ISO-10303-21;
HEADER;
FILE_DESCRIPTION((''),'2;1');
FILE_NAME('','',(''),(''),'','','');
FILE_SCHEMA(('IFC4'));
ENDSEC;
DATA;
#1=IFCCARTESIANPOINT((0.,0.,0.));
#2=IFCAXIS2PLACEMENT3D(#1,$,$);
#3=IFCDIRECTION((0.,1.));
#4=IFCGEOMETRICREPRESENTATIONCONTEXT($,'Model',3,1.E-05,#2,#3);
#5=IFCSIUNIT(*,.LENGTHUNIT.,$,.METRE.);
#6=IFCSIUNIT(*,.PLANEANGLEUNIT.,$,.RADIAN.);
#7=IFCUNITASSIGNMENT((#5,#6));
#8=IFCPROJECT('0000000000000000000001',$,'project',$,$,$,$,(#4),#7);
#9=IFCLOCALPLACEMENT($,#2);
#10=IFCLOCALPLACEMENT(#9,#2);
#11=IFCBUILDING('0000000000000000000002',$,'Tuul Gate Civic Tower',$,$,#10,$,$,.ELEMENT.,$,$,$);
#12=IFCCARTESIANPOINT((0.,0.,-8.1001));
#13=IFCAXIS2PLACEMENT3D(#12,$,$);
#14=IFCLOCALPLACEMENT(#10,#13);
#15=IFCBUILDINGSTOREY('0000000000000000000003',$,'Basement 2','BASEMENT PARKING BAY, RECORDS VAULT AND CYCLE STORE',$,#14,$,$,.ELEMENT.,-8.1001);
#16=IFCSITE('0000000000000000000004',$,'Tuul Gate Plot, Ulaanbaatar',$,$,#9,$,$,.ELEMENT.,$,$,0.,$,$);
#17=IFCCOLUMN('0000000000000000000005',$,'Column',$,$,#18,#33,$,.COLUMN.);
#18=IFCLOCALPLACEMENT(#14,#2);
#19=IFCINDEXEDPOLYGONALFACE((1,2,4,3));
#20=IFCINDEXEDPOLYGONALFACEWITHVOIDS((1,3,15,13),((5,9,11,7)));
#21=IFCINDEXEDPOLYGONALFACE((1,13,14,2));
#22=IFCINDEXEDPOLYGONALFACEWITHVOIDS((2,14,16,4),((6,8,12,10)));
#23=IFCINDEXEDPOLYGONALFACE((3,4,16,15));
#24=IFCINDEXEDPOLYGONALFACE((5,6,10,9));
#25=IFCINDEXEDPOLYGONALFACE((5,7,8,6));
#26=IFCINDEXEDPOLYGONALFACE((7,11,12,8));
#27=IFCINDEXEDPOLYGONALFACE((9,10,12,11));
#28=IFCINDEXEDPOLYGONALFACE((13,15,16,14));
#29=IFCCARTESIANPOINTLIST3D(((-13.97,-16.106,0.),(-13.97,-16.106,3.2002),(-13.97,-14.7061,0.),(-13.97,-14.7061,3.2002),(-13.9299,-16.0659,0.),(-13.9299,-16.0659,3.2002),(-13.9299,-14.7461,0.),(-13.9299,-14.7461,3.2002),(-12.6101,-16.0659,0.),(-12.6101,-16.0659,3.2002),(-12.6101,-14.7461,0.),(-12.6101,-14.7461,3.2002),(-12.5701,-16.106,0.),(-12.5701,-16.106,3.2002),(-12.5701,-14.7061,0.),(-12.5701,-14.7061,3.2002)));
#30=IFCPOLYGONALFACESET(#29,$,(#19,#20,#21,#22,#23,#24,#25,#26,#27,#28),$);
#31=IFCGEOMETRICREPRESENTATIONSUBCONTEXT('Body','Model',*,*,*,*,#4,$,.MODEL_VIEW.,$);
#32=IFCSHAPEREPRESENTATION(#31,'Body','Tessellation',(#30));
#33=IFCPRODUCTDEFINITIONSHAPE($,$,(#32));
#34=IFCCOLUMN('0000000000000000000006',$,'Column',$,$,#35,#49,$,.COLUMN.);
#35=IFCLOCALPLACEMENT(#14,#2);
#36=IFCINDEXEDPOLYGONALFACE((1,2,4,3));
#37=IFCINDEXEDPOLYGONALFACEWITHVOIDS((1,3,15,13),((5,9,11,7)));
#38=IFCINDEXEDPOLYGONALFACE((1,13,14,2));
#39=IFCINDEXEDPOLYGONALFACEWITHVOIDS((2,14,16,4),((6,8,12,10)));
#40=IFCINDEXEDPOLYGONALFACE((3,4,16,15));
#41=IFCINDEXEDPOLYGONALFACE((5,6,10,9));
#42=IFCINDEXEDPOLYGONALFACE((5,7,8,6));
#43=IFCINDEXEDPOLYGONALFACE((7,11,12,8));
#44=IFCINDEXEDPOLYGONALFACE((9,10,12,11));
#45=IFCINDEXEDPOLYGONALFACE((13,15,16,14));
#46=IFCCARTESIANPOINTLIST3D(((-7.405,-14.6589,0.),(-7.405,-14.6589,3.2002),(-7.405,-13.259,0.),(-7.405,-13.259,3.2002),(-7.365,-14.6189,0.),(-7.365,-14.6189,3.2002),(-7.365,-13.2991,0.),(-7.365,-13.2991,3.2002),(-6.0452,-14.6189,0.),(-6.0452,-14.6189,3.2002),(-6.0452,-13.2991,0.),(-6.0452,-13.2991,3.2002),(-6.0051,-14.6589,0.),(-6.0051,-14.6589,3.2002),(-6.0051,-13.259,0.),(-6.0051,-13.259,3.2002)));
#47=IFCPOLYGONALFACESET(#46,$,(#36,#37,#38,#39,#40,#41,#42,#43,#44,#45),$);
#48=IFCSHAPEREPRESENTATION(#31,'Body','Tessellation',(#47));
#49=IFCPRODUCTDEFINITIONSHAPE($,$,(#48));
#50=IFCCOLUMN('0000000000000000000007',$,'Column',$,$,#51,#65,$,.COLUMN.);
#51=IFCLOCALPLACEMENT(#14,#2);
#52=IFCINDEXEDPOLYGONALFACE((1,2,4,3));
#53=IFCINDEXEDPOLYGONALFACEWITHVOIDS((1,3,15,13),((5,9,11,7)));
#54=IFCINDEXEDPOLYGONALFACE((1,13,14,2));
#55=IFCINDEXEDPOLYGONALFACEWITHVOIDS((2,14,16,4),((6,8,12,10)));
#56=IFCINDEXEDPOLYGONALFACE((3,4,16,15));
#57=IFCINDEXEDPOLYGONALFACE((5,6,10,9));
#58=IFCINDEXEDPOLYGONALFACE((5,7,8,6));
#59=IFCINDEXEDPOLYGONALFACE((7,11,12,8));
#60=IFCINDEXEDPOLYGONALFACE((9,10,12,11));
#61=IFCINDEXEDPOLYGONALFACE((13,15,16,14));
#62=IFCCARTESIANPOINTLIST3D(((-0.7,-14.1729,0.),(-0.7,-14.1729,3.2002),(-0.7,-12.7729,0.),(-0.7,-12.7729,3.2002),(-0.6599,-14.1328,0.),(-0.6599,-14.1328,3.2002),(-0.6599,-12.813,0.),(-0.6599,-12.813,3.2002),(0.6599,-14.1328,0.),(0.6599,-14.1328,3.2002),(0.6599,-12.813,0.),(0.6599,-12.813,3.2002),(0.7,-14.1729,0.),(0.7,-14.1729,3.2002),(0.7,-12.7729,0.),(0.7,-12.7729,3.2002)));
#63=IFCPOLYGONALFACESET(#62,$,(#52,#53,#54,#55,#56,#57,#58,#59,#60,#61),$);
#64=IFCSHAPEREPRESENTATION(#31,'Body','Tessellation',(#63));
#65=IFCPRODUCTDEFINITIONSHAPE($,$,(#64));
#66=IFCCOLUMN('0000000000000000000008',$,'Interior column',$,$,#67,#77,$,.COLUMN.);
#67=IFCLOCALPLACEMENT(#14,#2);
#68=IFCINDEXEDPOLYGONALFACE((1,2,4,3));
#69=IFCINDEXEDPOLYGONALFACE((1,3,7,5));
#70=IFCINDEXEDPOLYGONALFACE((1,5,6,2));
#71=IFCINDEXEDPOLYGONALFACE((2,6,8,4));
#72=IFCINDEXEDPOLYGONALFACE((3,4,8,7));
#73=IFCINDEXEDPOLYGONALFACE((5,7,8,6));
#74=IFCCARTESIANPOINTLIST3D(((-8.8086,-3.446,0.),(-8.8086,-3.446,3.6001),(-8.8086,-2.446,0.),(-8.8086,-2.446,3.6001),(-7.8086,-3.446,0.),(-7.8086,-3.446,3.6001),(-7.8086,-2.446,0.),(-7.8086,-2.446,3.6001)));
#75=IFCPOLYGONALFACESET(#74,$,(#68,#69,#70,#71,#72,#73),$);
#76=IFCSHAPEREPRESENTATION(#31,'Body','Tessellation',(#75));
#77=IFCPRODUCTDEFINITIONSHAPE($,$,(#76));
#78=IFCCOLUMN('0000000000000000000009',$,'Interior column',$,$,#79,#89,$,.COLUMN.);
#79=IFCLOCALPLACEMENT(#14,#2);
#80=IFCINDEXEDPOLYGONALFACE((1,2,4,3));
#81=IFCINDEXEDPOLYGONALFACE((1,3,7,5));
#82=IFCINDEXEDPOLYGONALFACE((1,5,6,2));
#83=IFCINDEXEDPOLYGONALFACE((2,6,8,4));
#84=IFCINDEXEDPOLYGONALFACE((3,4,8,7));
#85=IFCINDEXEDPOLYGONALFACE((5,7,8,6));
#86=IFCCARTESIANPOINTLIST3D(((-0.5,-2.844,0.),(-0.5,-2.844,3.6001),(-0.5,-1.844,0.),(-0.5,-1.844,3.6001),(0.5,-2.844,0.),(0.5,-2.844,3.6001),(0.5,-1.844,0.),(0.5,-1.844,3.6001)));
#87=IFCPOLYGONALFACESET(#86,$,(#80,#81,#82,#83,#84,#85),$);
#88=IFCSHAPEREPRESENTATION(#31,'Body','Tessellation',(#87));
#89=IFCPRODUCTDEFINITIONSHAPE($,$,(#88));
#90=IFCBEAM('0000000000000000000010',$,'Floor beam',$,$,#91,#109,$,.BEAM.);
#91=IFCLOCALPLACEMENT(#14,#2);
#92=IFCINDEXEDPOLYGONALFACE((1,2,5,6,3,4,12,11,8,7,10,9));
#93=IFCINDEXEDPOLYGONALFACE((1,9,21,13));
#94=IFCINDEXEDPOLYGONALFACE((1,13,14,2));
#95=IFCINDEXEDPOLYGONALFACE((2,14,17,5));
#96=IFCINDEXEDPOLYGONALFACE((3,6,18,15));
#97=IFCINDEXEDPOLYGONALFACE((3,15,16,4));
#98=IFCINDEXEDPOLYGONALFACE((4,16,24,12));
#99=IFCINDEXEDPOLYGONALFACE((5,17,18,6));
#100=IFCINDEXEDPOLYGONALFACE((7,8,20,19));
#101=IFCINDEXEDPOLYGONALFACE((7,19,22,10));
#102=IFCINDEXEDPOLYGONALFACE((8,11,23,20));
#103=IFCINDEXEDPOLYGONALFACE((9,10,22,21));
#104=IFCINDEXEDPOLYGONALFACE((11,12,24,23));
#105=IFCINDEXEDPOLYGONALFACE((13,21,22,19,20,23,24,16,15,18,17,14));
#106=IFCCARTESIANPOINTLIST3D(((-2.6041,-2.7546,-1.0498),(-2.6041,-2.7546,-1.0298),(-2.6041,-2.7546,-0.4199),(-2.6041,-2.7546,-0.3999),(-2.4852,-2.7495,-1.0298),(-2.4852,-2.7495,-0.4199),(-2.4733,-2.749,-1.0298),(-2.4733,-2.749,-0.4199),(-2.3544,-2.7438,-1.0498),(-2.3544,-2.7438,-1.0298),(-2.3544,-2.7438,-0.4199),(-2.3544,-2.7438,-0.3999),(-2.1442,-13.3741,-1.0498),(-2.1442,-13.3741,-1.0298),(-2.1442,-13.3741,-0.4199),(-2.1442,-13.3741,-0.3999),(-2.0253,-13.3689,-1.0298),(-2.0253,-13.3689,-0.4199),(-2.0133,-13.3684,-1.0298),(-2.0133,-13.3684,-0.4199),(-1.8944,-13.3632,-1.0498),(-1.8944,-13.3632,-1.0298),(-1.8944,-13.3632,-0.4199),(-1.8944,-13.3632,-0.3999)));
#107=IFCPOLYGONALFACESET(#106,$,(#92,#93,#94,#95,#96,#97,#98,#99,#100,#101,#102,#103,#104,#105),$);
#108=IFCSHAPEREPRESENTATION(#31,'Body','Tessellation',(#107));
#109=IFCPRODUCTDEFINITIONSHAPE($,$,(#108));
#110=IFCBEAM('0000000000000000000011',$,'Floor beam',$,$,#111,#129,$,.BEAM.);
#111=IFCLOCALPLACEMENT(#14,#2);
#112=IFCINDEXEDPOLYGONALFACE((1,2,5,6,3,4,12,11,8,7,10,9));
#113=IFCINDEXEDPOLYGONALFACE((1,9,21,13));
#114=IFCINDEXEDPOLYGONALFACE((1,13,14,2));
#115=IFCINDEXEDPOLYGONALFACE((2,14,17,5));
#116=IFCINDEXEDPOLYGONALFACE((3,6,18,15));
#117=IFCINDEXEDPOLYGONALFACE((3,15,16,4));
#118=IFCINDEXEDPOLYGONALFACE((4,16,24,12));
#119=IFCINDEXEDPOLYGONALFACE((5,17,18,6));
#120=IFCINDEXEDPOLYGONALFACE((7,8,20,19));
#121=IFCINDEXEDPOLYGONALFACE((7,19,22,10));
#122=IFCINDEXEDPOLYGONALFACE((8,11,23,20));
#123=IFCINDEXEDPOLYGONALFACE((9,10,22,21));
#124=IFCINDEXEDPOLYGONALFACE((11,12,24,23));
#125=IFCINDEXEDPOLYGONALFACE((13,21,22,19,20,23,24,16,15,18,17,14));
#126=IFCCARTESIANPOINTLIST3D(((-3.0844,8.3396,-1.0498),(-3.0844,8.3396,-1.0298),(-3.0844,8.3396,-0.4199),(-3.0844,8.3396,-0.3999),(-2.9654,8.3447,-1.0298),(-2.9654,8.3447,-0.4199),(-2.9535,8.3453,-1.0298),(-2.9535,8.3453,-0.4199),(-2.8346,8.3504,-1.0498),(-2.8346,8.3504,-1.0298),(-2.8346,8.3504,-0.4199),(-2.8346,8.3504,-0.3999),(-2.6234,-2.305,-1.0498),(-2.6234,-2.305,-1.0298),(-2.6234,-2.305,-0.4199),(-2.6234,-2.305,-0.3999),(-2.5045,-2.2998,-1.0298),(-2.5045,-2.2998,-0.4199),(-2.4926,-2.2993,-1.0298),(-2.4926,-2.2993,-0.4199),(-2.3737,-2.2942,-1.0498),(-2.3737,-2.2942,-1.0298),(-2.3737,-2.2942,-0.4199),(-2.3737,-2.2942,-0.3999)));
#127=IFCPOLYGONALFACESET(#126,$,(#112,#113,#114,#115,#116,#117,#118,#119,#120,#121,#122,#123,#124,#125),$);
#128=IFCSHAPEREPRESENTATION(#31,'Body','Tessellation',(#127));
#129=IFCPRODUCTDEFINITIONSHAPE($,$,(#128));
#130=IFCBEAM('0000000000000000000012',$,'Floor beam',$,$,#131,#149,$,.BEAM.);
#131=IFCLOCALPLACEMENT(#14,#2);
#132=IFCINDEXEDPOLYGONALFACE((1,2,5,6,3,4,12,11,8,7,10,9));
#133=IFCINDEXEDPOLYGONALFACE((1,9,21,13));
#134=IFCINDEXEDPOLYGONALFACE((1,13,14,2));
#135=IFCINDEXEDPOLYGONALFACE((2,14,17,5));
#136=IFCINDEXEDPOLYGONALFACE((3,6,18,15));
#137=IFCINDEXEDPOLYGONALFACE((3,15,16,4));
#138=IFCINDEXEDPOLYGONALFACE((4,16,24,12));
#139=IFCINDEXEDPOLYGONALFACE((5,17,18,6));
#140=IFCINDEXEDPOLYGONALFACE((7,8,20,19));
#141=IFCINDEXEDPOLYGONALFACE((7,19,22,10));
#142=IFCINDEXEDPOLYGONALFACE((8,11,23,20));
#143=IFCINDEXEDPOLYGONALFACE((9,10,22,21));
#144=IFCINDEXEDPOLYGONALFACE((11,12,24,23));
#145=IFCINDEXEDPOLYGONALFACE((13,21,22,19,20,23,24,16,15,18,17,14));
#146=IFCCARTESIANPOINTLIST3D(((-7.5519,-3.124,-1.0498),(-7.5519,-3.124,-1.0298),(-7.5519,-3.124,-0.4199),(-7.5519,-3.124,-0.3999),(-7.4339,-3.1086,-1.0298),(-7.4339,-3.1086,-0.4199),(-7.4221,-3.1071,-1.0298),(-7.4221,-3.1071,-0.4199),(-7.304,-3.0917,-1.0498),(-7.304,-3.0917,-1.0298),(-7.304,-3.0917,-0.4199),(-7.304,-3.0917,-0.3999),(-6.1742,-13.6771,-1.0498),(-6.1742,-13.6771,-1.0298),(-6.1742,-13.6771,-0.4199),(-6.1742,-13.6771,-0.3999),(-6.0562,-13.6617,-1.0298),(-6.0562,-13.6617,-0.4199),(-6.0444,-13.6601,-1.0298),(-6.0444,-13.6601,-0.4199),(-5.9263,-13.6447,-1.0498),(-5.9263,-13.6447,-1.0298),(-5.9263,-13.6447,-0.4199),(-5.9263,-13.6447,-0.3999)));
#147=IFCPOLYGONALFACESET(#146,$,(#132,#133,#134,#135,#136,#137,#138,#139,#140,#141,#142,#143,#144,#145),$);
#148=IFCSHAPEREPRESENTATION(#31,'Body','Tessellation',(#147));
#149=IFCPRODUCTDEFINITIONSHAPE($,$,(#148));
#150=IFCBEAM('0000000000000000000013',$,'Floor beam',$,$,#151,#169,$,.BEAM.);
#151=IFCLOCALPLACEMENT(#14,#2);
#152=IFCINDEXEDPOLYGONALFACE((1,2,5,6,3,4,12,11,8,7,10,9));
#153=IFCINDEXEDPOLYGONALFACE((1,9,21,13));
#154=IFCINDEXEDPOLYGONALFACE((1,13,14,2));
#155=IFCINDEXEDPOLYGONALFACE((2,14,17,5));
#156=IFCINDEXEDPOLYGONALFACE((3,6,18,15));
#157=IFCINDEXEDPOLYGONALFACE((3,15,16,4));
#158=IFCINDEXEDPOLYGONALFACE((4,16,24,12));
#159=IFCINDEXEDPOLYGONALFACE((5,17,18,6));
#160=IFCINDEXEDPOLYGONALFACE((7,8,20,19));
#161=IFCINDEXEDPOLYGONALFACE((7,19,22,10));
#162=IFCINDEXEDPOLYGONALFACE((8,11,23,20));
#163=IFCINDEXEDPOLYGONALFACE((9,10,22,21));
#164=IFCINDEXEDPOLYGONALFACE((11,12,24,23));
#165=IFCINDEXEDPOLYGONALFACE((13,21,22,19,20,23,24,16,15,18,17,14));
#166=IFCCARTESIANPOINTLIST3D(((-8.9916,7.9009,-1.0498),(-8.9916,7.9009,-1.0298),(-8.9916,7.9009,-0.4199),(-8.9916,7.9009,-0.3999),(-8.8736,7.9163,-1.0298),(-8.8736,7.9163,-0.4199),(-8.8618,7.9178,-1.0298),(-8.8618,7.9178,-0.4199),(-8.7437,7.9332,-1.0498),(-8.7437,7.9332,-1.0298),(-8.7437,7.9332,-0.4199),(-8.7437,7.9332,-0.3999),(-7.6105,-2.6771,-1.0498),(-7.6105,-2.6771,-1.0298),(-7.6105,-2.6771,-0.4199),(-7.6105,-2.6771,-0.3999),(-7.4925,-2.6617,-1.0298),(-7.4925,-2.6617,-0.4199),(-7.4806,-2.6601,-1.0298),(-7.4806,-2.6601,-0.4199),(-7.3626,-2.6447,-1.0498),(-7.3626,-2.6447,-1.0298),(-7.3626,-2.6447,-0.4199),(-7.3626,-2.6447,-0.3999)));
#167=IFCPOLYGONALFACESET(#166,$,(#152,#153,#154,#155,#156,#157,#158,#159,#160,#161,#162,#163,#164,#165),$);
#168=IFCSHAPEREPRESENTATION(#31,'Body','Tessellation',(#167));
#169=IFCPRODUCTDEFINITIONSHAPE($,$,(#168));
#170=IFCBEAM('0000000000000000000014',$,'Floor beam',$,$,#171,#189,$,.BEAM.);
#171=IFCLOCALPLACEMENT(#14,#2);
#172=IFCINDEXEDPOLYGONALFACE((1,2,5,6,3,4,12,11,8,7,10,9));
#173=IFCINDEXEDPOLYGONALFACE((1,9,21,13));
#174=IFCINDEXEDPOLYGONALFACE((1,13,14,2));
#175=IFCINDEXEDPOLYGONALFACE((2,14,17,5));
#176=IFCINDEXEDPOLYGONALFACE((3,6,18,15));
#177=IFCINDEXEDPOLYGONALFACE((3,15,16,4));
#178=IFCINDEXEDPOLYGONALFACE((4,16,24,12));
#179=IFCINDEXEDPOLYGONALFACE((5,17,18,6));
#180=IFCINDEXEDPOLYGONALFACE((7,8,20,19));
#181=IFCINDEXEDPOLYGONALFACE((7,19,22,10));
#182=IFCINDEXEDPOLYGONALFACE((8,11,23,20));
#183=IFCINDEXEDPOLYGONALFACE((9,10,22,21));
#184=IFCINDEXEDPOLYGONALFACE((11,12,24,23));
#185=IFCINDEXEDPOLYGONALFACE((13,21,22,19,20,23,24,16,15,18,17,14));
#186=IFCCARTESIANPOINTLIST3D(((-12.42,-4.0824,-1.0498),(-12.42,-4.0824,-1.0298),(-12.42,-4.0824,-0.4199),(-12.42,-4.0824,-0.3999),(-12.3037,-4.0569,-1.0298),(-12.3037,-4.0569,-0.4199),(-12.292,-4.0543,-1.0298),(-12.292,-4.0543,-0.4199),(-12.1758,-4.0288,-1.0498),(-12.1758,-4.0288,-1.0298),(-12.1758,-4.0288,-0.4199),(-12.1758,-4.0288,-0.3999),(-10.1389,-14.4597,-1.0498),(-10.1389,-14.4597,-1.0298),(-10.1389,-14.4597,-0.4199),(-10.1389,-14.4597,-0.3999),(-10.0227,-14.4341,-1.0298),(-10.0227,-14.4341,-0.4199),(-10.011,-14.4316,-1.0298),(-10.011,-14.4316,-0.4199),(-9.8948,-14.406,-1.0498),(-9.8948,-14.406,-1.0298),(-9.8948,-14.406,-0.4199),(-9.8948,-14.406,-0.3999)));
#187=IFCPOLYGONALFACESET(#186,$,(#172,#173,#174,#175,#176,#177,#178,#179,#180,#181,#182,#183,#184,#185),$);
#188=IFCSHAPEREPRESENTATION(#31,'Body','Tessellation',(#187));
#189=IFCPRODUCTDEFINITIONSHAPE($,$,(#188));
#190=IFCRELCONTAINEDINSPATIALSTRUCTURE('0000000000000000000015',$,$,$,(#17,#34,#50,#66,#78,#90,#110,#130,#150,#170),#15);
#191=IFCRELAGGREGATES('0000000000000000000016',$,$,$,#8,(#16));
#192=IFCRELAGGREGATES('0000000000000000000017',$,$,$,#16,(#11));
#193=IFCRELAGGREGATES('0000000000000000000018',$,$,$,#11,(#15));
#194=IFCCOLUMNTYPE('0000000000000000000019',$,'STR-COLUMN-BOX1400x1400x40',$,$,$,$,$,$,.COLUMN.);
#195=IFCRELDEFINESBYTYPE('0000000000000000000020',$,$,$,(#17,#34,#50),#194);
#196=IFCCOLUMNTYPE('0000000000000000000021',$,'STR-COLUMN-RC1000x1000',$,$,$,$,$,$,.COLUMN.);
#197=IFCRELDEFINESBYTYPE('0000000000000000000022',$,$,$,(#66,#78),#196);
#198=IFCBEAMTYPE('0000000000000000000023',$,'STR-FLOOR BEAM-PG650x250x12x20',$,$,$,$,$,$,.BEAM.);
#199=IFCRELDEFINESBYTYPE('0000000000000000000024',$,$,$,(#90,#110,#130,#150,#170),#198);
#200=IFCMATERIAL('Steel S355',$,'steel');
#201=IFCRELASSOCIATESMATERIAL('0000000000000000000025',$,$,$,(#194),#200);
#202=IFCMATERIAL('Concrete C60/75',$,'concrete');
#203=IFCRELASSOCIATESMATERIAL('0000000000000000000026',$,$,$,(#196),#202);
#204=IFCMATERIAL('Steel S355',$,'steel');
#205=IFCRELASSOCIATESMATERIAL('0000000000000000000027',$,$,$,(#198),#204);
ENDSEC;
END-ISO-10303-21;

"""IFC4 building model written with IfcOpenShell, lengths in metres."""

from ifc_helpers import new_model, si_unit, direction, frame, origin, origin_2d, place, context, subcontext, project, spatial, rectangle, hollow_rectangle, i_section, extrude, material, material_profile, profile_set, type_object, element, save


model = new_model("IFC4")

# Units and contexts
model_context = context("Model", 3, precision=1e-05, world=origin(), true_north=direction((0.0, 1.0)))
body_context = subcontext(model_context, "Body", "Model", "MODEL_VIEW")
ifc_project = project(units=[si_unit("LENGTHUNIT", "METRE"), si_unit("PLANEANGLEUNIT", "RADIAN")], contexts=[model_context])

# Site, building, storey
site_placement = place(None, origin())
site = spatial("IfcSite", under=ifc_project, at=site_placement, Name="Tuul Gate Plot, Ulaanbaatar", CompositionType="ELEMENT", RefElevation=0.0)
building_placement = place(site_placement, origin())
building = spatial("IfcBuilding", under=site, at=building_placement, Name="Tuul Gate Civic Tower", CompositionType="ELEMENT")
storey_placement = place(building_placement, frame((0.0, 0.0, -8.1001)))
storey = spatial("IfcBuildingStorey", under=building, at=storey_placement, Name="Basement 2", Description="BASEMENT PARKING BAY, RECORDS VAULT AND CYCLE STORE", CompositionType="ELEMENT", Elevation=-8.1001)

# Columns
ifc_material_1 = material(Name="Steel S355", Category="steel")
ifc_material_profile_1 = material_profile(ifc_material_1, hollow_rectangle(XDim=1.3999, YDim=1.3999, WallThickness=0.04, at=origin_2d()), Name="BOX1400x1400x40")
ifc_profile_set_1 = profile_set([ifc_material_profile_1], Name="Steel S355")
column_type_1 = type_object("IfcColumnType", Name="STR-COLUMN-BOX1400x1400x40", PredefinedType="COLUMN", material=ifc_profile_set_1)
for number, where, z_axis, x_axis, name in (
    (1, (-13.27, -15.406, 0.0), (0.0, 0.0, 1.0), (1.0, 0.0, 0.0), "Column"),
    (2, (-6.7051, -13.959, 0.0), (0.0, 0.0, 1.0), (1.0, 0.0, 0.0), "Column"),
    (3, (0.0, -13.4729, 0.0), (0.0, 0.0, 1.0), (1.0, 0.0, 0.0), "Column"),
):
    element("IfcColumn", number, at=place(storey_placement, frame(where, z_axis=z_axis, x_axis=x_axis)), inside=storey, type_object=column_type_1, Name=name, PredefinedType="COLUMN", context=body_context, shape_type="SweptSolid", body=[
        extrude(hollow_rectangle(XDim=1.3999, YDim=1.3999, WallThickness=0.04, at=origin_2d()), origin(), (0.0, 0.0, 1.0), 3.2002),
    ])
ifc_material_2 = material(Name="Concrete C60/75", Category="concrete")
ifc_material_profile_2 = material_profile(ifc_material_2, rectangle(XDim=1.0, YDim=1.0, at=origin_2d()), Name="RC1000x1000")
ifc_profile_set_2 = profile_set([ifc_material_profile_2], Name="Concrete C60/75")
column_type_2 = type_object("IfcColumnType", Name="STR-COLUMN-RC1000x1000", PredefinedType="COLUMN", material=ifc_profile_set_2)
for number, where, z_axis, x_axis, name in (
    (4, (-8.3086, -2.946, 0.0), (0.0, 0.0, 1.0), (1.0, 0.0, 0.0), "Interior column"),
    (5, (0.0, -2.344, 0.0), (0.0, 0.0, 1.0), (1.0, 0.0, 0.0), "Interior column"),
):
    element("IfcColumn", number, at=place(storey_placement, frame(where, z_axis=z_axis, x_axis=x_axis)), inside=storey, type_object=column_type_2, Name=name, PredefinedType="COLUMN", context=body_context, shape_type="SweptSolid", body=[
        extrude(rectangle(XDim=1.0, YDim=1.0, at=origin_2d()), origin(), (0.0, 0.0, 1.0), 3.6001),
    ])

# Beams
ifc_material_3 = material(Name="Steel S355", Category="steel")
ifc_material_profile_3 = material_profile(ifc_material_3, i_section(OverallWidth=0.25, OverallDepth=0.6499, WebThickness=0.012, FlangeThickness=0.02, at=origin_2d()), Name="PG650x250x12x20")
ifc_profile_set_3 = profile_set([ifc_material_profile_3], Name="Steel S355")
beam_type_1 = type_object("IfcBeamType", Name="STR-FLOOR BEAM-PG650x250x12x20", PredefinedType="BEAM", material=ifc_profile_set_3)
beam_1_placement = place(storey_placement, frame((-2.0193, -13.3687, -0.7249), z_axis=(-0.043273, 0.999063, 0.0), x_axis=(-0.999063, -0.043273, 0.0)))
element("IfcBeam", 6, at=beam_1_placement, inside=storey, type_object=beam_type_1, Name="Floor beam", PredefinedType="BEAM", context=body_context, shape_type="SweptSolid", body=[
    extrude(i_section(OverallWidth=0.25, OverallDepth=0.6499, WebThickness=0.012, FlangeThickness=0.02, at=origin_2d()), origin(), (0.0, 0.0, 1.0), 10.6294),
])
beam_2_placement = place(storey_placement, frame((-2.4985, -2.2996, -0.7249), z_axis=(-0.043262, 0.999064, 0.0), x_axis=(-0.999064, -0.043262, 0.0)))
element("IfcBeam", 7, at=beam_2_placement, inside=storey, type_object=beam_type_1, Name="Floor beam", PredefinedType="BEAM", context=body_context, shape_type="SweptSolid", body=[
    extrude(i_section(OverallWidth=0.25, OverallDepth=0.6499, WebThickness=0.012, FlangeThickness=0.02, at=origin_2d()), origin(), (0.0, 0.0, 1.0), 10.6545),
])
beam_3_placement = place(storey_placement, frame((-6.0503, -13.6609, -0.7249), z_axis=(-0.129451, 0.991586, 0.0), x_axis=(-0.991586, -0.129451, 0.0)))
element("IfcBeam", 8, at=beam_3_placement, inside=storey, type_object=beam_type_1, Name="Floor beam", PredefinedType="BEAM", context=body_context, shape_type="SweptSolid", body=[
    extrude(i_section(OverallWidth=0.25, OverallDepth=0.6499, WebThickness=0.012, FlangeThickness=0.02, at=origin_2d()), origin(), (0.0, 0.0, 1.0), 10.6426),
])
beam_4_placement = place(storey_placement, frame((-7.4866, -2.6609, -0.7249), z_axis=(-0.129466, 0.991584, 0.0), x_axis=(-0.991584, -0.129466, 0.0)))
element("IfcBeam", 9, at=beam_4_placement, inside=storey, type_object=beam_type_1, Name="Floor beam", PredefinedType="BEAM", context=body_context, shape_type="SweptSolid", body=[
    extrude(i_section(OverallWidth=0.25, OverallDepth=0.6499, WebThickness=0.012, FlangeThickness=0.02, at=origin_2d()), origin(), (0.0, 0.0, 1.0), 10.6677),
])
beam_5_placement = place(storey_placement, frame((-10.0168, -14.4329, -0.7249), z_axis=(-0.214684, 0.976684, 0.0), x_axis=(-0.976684, -0.214684, 0.0)))
element("IfcBeam", 10, at=beam_5_placement, inside=storey, type_object=beam_type_1, Name="Floor beam", PredefinedType="BEAM", context=body_context, shape_type="SweptSolid", body=[
    extrude(i_section(OverallWidth=0.25, OverallDepth=0.6499, WebThickness=0.012, FlangeThickness=0.02, at=origin_2d()), origin(), (0.0, 0.0, 1.0), 10.625),
])

save(model, "model.ifc")
